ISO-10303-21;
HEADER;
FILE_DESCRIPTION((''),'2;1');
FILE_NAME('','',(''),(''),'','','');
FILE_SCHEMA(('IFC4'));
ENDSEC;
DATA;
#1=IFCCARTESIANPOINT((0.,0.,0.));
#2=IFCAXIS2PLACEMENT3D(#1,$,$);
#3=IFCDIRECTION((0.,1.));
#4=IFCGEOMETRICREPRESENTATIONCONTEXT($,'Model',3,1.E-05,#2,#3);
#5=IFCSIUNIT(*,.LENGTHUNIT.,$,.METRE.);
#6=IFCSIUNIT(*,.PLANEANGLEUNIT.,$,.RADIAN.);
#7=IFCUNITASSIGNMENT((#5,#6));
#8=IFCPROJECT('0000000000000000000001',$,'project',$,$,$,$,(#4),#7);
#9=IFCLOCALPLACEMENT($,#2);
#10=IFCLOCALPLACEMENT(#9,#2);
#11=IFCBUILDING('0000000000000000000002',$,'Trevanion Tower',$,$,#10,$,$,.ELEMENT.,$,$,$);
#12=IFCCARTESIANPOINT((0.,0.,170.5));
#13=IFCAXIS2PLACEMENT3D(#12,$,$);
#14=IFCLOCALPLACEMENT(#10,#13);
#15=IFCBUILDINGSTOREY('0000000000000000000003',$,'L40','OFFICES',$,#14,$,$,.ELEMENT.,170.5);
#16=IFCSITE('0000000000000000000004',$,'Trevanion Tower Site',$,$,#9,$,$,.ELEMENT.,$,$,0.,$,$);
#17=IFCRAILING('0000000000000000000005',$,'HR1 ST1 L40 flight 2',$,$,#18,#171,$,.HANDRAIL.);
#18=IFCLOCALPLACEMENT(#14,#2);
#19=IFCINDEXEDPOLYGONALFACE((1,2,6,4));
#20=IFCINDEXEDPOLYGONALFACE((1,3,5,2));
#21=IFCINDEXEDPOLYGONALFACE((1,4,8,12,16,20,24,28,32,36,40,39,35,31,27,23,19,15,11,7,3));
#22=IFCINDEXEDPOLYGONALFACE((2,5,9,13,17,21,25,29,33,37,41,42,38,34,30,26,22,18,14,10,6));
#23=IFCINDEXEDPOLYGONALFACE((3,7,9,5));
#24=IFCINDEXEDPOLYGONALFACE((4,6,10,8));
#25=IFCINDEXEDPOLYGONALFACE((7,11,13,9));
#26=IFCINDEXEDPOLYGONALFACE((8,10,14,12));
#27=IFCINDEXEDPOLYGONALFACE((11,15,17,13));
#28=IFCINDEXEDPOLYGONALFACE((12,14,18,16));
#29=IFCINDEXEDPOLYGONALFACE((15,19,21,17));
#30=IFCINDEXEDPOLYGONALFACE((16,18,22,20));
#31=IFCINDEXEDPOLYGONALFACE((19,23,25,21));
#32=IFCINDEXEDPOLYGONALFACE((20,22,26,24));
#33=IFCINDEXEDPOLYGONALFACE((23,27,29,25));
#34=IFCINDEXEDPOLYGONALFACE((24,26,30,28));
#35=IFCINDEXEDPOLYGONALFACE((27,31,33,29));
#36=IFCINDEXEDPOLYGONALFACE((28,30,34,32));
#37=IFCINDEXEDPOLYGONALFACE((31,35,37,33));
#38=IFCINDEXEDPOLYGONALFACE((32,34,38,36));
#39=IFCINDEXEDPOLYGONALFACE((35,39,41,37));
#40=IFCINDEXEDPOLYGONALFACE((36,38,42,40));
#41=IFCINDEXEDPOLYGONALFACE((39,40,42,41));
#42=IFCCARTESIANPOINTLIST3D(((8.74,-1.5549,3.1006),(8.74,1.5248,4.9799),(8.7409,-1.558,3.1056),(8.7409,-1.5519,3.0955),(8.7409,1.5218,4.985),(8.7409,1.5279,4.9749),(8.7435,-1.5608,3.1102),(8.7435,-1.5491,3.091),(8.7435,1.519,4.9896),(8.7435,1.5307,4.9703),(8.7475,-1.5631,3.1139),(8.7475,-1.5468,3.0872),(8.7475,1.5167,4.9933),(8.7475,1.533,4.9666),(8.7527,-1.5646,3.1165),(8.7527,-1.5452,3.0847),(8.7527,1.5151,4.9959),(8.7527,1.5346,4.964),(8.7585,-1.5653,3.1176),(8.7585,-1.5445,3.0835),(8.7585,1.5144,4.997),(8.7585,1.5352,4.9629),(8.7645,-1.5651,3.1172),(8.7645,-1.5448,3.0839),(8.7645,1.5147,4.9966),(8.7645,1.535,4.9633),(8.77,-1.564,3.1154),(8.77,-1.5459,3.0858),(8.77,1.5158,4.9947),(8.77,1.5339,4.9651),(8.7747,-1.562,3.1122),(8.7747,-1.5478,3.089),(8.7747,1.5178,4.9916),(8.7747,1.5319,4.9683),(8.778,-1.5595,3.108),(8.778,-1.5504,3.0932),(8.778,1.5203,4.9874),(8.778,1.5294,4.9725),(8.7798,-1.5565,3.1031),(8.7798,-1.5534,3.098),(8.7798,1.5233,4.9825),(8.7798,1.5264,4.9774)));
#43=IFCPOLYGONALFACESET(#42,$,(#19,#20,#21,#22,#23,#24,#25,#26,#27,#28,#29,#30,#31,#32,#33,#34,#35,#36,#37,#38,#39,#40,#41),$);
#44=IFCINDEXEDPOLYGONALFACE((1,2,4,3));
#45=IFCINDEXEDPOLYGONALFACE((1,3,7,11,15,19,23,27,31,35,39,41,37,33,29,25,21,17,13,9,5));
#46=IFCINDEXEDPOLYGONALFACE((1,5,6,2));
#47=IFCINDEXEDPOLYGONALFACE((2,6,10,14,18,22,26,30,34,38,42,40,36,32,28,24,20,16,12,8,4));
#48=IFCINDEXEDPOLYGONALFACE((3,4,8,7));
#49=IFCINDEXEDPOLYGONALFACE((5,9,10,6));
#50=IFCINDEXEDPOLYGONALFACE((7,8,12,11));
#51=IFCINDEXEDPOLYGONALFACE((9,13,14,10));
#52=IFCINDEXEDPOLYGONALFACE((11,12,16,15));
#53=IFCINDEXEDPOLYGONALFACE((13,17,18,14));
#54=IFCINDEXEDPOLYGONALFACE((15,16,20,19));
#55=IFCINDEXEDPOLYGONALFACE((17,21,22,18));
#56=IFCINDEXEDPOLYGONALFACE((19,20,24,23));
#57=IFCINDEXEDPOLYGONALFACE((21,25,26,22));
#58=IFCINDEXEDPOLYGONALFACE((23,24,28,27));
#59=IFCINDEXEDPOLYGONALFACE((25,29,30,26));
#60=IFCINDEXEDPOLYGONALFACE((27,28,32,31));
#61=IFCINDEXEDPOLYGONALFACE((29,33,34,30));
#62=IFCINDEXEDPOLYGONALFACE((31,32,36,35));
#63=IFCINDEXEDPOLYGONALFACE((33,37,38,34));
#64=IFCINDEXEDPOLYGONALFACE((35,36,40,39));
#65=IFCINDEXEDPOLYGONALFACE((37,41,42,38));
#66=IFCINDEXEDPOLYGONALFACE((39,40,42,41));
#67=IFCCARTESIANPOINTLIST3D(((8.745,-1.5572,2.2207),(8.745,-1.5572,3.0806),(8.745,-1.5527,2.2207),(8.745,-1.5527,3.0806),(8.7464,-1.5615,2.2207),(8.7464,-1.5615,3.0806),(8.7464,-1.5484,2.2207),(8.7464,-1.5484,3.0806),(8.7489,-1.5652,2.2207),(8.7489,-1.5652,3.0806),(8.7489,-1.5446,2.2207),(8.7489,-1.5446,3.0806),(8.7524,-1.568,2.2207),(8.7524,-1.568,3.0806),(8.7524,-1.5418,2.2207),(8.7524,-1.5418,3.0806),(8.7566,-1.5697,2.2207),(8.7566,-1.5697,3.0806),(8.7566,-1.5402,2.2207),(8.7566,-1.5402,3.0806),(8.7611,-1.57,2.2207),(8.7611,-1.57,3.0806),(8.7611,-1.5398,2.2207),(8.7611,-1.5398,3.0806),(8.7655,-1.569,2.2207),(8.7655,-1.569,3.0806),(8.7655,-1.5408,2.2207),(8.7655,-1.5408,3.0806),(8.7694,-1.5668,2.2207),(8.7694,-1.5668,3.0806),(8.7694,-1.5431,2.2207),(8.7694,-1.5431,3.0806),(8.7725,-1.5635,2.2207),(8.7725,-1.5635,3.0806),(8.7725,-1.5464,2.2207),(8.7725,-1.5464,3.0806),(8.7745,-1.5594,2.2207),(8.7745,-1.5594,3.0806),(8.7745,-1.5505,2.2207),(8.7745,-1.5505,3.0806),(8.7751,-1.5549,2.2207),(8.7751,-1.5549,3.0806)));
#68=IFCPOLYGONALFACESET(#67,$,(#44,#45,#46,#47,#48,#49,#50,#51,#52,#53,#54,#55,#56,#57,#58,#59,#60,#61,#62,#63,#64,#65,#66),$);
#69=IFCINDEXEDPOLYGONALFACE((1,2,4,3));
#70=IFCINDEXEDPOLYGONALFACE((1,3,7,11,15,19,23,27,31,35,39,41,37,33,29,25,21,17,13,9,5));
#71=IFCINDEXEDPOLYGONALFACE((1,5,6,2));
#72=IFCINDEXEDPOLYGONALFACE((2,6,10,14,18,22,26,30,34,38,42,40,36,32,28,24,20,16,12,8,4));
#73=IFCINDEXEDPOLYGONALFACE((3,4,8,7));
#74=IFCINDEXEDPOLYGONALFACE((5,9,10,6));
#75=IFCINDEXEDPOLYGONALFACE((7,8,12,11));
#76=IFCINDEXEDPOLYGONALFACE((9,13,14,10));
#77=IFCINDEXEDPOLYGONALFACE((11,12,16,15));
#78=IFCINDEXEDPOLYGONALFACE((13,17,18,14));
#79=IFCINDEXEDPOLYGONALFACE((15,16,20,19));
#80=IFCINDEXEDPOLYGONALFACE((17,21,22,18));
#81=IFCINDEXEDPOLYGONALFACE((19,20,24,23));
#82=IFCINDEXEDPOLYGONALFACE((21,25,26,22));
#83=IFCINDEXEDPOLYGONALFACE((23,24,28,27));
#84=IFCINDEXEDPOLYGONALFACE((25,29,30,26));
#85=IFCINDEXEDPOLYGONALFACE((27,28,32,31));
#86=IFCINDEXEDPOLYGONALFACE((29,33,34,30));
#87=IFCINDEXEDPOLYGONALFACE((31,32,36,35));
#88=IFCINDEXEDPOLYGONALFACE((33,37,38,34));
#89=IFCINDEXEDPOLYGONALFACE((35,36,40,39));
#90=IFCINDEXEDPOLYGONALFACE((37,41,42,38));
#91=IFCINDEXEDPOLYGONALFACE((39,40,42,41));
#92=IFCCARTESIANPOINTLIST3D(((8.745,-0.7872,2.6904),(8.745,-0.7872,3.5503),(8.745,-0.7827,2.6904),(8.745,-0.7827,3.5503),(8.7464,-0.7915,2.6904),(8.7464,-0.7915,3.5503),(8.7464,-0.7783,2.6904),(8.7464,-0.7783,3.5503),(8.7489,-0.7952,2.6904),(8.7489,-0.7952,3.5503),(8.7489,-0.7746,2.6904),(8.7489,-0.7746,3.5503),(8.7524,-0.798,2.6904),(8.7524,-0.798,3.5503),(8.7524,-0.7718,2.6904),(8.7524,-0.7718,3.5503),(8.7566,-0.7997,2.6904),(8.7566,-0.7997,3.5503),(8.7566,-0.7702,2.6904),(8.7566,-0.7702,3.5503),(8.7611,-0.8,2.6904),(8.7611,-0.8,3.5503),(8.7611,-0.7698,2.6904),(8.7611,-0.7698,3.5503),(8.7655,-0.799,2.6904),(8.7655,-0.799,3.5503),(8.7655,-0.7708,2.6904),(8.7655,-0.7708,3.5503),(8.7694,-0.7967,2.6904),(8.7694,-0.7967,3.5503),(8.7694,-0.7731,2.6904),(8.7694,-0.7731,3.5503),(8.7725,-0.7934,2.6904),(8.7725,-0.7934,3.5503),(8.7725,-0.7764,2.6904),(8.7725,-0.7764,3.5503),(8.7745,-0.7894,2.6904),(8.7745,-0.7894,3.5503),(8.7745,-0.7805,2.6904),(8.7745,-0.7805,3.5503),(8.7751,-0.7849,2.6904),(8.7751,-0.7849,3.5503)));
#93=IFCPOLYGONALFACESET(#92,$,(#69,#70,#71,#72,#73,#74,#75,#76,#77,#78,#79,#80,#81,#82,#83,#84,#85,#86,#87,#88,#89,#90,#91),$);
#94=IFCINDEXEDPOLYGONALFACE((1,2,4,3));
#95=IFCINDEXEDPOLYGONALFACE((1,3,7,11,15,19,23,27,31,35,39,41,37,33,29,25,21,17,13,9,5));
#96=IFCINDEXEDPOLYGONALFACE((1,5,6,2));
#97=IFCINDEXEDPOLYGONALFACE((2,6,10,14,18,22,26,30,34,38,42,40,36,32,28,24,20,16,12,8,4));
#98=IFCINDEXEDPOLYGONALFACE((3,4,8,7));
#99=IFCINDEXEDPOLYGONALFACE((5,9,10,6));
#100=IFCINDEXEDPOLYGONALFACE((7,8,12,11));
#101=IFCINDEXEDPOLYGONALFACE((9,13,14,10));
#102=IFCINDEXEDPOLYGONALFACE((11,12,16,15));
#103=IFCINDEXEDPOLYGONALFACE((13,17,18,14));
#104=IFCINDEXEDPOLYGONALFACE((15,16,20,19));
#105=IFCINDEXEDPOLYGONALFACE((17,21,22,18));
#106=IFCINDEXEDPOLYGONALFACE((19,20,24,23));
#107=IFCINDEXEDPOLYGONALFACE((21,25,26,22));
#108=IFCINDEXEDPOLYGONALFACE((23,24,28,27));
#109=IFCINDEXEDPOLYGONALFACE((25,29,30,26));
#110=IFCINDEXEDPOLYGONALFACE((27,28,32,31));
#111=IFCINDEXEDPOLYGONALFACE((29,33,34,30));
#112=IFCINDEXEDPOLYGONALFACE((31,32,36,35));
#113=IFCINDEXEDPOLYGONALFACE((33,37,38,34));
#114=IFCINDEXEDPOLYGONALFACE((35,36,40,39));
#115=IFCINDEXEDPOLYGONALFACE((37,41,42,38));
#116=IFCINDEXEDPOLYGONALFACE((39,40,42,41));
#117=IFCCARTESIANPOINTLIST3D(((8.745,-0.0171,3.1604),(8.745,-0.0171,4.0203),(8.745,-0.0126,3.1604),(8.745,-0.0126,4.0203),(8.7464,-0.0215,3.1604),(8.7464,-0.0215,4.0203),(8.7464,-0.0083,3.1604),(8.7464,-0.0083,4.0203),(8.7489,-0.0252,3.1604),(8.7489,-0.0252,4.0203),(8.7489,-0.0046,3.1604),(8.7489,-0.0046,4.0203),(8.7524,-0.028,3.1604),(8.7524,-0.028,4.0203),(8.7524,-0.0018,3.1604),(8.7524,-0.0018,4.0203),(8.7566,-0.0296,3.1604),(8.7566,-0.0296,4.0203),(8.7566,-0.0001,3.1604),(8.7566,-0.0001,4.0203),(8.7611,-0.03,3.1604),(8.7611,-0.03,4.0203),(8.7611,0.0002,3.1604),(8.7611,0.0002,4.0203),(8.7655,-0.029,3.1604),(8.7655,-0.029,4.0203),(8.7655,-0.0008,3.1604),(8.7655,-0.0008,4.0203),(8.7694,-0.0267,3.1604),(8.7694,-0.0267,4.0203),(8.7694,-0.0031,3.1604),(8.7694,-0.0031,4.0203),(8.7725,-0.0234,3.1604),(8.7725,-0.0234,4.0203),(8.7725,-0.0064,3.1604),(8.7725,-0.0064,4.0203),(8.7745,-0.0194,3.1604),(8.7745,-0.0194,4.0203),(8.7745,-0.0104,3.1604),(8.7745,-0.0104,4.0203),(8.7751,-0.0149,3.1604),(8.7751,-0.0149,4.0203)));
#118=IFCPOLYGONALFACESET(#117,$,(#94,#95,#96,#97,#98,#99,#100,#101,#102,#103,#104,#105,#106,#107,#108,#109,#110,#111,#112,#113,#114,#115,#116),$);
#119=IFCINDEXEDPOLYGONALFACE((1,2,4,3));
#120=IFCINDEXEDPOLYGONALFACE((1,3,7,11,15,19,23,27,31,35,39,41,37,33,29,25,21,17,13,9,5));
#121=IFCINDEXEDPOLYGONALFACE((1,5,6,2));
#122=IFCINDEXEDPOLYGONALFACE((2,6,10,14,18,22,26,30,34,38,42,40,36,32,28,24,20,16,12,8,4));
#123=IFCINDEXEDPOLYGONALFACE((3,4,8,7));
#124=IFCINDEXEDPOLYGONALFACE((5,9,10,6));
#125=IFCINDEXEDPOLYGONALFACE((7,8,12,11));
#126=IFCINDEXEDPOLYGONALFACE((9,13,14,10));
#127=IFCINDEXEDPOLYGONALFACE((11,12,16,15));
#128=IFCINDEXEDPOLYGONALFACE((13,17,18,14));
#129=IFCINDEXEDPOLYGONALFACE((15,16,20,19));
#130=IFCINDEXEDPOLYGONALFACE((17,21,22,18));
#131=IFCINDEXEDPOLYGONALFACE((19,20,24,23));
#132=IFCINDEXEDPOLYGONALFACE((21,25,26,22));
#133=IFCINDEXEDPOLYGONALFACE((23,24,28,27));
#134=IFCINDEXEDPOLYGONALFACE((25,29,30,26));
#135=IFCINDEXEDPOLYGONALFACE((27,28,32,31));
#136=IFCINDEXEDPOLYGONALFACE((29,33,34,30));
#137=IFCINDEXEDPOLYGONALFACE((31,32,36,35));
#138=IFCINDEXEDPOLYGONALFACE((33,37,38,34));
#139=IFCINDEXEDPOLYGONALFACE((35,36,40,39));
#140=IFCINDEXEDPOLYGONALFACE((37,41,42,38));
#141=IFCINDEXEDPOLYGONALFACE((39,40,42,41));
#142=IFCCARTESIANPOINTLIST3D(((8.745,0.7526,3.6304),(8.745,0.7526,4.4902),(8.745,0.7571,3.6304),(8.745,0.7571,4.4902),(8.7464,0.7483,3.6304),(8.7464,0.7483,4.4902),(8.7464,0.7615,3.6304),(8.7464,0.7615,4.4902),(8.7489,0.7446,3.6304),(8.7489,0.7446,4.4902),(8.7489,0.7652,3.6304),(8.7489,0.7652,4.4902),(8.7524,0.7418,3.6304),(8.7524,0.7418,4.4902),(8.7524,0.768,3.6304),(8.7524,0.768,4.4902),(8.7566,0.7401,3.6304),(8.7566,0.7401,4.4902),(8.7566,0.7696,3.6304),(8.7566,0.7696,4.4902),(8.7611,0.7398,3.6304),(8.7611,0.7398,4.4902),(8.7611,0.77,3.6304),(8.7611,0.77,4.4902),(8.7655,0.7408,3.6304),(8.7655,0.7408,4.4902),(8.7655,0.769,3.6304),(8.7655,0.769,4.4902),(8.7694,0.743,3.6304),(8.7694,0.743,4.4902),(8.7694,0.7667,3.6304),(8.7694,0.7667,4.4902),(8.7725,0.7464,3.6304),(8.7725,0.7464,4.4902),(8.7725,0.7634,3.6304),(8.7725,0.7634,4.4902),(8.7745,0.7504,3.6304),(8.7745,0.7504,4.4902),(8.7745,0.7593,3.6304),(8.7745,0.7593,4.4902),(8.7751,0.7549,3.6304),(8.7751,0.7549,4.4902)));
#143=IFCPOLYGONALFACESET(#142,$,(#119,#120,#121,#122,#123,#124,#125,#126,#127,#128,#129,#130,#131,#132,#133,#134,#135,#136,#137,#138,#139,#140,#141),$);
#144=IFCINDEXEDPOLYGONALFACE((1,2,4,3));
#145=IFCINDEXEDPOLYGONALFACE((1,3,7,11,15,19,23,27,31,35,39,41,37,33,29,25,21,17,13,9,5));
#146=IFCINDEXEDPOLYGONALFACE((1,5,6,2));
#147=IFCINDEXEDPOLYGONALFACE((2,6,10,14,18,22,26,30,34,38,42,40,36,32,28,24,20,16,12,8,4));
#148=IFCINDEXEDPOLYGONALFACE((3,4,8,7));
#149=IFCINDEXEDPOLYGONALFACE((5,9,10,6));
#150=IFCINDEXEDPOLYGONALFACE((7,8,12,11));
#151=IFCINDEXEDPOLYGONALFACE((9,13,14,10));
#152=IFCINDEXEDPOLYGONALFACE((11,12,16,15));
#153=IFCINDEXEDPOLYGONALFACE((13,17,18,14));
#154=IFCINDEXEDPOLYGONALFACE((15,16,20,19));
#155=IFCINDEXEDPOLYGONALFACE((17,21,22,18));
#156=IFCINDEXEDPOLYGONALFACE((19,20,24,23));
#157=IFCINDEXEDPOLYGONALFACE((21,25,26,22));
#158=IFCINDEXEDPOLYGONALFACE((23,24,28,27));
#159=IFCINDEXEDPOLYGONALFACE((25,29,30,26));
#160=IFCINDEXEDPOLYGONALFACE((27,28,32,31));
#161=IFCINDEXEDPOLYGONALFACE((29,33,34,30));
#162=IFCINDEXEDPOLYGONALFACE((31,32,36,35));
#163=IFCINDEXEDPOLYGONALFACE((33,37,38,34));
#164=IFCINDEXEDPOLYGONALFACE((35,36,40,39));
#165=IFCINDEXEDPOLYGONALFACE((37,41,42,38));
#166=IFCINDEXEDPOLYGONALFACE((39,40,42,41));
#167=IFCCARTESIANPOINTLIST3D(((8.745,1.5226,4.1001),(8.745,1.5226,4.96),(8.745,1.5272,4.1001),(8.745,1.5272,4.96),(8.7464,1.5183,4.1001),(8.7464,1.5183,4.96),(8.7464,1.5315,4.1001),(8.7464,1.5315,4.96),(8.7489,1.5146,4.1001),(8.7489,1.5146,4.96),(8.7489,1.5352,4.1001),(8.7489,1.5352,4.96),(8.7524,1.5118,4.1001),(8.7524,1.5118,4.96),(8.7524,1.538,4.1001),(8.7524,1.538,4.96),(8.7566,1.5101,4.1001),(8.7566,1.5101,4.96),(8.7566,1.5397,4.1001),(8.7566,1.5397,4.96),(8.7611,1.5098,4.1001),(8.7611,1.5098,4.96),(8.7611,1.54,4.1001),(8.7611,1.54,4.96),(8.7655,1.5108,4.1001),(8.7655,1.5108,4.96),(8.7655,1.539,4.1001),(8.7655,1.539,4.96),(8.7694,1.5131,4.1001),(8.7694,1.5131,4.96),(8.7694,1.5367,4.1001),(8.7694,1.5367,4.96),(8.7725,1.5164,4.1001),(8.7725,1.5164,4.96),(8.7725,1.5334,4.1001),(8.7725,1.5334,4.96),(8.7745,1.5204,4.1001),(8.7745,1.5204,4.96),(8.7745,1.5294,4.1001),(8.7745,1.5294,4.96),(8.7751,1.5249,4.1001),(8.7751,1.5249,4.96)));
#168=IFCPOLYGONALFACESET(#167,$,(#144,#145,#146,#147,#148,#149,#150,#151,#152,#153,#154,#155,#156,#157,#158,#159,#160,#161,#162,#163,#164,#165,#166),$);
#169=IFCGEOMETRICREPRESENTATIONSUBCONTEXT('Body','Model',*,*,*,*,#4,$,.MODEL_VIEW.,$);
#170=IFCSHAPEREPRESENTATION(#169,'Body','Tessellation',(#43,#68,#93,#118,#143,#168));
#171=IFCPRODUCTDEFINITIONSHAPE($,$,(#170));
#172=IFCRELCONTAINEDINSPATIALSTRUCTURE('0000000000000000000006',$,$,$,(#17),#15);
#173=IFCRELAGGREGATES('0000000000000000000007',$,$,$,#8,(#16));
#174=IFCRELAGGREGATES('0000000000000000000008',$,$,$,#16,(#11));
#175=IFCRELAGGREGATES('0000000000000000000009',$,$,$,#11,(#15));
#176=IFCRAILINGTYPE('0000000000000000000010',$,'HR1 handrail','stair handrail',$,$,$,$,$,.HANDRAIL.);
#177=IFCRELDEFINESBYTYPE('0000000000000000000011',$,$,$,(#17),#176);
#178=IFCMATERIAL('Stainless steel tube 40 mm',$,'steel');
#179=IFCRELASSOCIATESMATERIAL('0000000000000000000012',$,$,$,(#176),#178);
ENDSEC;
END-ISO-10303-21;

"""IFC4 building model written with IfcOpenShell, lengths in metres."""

from ifc_helpers import new_model, si_unit, direction, frame, origin, origin_2d, place, context, subcontext, project, spatial, circle, extrude, material, type_object, element, save


model = new_model("IFC4")

# Units and contexts
model_context = context("Model", 3, precision=1e-05, world=origin(), true_north=direction((0.0, 1.0)))
body_context = subcontext(model_context, "Body", "Model", "MODEL_VIEW")
ifc_project = project(units=[si_unit("LENGTHUNIT", "METRE"), si_unit("PLANEANGLEUNIT", "RADIAN")], contexts=[model_context])

# Site, building, storey
site_placement = place(None, origin())
site = spatial("IfcSite", under=ifc_project, at=site_placement, Name="Trevanion Tower Site", CompositionType="ELEMENT", RefElevation=0.0)
building_placement = place(site_placement, origin())
building = spatial("IfcBuilding", under=site, at=building_placement, Name="Trevanion Tower", CompositionType="ELEMENT")
storey_placement = place(building_placement, frame((0.0, 0.0, 170.5)))
storey = spatial("IfcBuildingStorey", under=building, at=storey_placement, Name="L40", Description="OFFICES", CompositionType="ELEMENT", Elevation=170.5)

# Railing
ifc_material_1 = material(Name="Stainless steel tube 40 mm", Category="steel")
railing_type = type_object("IfcRailingType", Name="HR1 handrail", Description="stair handrail", PredefinedType="HANDRAIL", material=ifc_material_1)
for number, where, name in (
    (1, (8.76, -1.5549, 2.2207), "HR1 ST1 L40 flight 2"),
):
    element("IfcRailing", number, at=place(storey_placement, frame(where)), inside=storey, type_object=railing_type, Name=name, PredefinedType="HANDRAIL", context=body_context, shape_type="SweptSolid", body=[
        extrude(circle(Radius=0.02, at=origin_2d()), frame((0.0, 0.0, 0.8799), z_axis=(0.0, 0.853618, 0.5209), x_axis=(-1.0, 0.0, 0.0)), (0.0, 0.0, 1.0), 3.6079),
        extrude(circle(Radius=0.0151, at=origin_2d()), origin(), (0.0, 0.0, 1.0), 0.8599),
        extrude(circle(Radius=0.0151, at=origin_2d()), frame((0.0, 0.77, 0.4697)), (0.0, 0.0, 1.0), 0.8599),
        extrude(circle(Radius=0.0151, at=origin_2d()), frame((0.0, 1.54, 0.9397)), (0.0, 0.0, 1.0), 0.8599),
        extrude(circle(Radius=0.0151, at=origin_2d()), frame((0.0, 2.3098, 1.4097)), (0.0, 0.0, 1.0), 0.8599),
        extrude(circle(Radius=0.0151, at=origin_2d()), frame((0.0, 3.0798, 1.8794)), (0.0, 0.0, 1.0), 0.8599),
    ])

save(model, "model.ifc")
